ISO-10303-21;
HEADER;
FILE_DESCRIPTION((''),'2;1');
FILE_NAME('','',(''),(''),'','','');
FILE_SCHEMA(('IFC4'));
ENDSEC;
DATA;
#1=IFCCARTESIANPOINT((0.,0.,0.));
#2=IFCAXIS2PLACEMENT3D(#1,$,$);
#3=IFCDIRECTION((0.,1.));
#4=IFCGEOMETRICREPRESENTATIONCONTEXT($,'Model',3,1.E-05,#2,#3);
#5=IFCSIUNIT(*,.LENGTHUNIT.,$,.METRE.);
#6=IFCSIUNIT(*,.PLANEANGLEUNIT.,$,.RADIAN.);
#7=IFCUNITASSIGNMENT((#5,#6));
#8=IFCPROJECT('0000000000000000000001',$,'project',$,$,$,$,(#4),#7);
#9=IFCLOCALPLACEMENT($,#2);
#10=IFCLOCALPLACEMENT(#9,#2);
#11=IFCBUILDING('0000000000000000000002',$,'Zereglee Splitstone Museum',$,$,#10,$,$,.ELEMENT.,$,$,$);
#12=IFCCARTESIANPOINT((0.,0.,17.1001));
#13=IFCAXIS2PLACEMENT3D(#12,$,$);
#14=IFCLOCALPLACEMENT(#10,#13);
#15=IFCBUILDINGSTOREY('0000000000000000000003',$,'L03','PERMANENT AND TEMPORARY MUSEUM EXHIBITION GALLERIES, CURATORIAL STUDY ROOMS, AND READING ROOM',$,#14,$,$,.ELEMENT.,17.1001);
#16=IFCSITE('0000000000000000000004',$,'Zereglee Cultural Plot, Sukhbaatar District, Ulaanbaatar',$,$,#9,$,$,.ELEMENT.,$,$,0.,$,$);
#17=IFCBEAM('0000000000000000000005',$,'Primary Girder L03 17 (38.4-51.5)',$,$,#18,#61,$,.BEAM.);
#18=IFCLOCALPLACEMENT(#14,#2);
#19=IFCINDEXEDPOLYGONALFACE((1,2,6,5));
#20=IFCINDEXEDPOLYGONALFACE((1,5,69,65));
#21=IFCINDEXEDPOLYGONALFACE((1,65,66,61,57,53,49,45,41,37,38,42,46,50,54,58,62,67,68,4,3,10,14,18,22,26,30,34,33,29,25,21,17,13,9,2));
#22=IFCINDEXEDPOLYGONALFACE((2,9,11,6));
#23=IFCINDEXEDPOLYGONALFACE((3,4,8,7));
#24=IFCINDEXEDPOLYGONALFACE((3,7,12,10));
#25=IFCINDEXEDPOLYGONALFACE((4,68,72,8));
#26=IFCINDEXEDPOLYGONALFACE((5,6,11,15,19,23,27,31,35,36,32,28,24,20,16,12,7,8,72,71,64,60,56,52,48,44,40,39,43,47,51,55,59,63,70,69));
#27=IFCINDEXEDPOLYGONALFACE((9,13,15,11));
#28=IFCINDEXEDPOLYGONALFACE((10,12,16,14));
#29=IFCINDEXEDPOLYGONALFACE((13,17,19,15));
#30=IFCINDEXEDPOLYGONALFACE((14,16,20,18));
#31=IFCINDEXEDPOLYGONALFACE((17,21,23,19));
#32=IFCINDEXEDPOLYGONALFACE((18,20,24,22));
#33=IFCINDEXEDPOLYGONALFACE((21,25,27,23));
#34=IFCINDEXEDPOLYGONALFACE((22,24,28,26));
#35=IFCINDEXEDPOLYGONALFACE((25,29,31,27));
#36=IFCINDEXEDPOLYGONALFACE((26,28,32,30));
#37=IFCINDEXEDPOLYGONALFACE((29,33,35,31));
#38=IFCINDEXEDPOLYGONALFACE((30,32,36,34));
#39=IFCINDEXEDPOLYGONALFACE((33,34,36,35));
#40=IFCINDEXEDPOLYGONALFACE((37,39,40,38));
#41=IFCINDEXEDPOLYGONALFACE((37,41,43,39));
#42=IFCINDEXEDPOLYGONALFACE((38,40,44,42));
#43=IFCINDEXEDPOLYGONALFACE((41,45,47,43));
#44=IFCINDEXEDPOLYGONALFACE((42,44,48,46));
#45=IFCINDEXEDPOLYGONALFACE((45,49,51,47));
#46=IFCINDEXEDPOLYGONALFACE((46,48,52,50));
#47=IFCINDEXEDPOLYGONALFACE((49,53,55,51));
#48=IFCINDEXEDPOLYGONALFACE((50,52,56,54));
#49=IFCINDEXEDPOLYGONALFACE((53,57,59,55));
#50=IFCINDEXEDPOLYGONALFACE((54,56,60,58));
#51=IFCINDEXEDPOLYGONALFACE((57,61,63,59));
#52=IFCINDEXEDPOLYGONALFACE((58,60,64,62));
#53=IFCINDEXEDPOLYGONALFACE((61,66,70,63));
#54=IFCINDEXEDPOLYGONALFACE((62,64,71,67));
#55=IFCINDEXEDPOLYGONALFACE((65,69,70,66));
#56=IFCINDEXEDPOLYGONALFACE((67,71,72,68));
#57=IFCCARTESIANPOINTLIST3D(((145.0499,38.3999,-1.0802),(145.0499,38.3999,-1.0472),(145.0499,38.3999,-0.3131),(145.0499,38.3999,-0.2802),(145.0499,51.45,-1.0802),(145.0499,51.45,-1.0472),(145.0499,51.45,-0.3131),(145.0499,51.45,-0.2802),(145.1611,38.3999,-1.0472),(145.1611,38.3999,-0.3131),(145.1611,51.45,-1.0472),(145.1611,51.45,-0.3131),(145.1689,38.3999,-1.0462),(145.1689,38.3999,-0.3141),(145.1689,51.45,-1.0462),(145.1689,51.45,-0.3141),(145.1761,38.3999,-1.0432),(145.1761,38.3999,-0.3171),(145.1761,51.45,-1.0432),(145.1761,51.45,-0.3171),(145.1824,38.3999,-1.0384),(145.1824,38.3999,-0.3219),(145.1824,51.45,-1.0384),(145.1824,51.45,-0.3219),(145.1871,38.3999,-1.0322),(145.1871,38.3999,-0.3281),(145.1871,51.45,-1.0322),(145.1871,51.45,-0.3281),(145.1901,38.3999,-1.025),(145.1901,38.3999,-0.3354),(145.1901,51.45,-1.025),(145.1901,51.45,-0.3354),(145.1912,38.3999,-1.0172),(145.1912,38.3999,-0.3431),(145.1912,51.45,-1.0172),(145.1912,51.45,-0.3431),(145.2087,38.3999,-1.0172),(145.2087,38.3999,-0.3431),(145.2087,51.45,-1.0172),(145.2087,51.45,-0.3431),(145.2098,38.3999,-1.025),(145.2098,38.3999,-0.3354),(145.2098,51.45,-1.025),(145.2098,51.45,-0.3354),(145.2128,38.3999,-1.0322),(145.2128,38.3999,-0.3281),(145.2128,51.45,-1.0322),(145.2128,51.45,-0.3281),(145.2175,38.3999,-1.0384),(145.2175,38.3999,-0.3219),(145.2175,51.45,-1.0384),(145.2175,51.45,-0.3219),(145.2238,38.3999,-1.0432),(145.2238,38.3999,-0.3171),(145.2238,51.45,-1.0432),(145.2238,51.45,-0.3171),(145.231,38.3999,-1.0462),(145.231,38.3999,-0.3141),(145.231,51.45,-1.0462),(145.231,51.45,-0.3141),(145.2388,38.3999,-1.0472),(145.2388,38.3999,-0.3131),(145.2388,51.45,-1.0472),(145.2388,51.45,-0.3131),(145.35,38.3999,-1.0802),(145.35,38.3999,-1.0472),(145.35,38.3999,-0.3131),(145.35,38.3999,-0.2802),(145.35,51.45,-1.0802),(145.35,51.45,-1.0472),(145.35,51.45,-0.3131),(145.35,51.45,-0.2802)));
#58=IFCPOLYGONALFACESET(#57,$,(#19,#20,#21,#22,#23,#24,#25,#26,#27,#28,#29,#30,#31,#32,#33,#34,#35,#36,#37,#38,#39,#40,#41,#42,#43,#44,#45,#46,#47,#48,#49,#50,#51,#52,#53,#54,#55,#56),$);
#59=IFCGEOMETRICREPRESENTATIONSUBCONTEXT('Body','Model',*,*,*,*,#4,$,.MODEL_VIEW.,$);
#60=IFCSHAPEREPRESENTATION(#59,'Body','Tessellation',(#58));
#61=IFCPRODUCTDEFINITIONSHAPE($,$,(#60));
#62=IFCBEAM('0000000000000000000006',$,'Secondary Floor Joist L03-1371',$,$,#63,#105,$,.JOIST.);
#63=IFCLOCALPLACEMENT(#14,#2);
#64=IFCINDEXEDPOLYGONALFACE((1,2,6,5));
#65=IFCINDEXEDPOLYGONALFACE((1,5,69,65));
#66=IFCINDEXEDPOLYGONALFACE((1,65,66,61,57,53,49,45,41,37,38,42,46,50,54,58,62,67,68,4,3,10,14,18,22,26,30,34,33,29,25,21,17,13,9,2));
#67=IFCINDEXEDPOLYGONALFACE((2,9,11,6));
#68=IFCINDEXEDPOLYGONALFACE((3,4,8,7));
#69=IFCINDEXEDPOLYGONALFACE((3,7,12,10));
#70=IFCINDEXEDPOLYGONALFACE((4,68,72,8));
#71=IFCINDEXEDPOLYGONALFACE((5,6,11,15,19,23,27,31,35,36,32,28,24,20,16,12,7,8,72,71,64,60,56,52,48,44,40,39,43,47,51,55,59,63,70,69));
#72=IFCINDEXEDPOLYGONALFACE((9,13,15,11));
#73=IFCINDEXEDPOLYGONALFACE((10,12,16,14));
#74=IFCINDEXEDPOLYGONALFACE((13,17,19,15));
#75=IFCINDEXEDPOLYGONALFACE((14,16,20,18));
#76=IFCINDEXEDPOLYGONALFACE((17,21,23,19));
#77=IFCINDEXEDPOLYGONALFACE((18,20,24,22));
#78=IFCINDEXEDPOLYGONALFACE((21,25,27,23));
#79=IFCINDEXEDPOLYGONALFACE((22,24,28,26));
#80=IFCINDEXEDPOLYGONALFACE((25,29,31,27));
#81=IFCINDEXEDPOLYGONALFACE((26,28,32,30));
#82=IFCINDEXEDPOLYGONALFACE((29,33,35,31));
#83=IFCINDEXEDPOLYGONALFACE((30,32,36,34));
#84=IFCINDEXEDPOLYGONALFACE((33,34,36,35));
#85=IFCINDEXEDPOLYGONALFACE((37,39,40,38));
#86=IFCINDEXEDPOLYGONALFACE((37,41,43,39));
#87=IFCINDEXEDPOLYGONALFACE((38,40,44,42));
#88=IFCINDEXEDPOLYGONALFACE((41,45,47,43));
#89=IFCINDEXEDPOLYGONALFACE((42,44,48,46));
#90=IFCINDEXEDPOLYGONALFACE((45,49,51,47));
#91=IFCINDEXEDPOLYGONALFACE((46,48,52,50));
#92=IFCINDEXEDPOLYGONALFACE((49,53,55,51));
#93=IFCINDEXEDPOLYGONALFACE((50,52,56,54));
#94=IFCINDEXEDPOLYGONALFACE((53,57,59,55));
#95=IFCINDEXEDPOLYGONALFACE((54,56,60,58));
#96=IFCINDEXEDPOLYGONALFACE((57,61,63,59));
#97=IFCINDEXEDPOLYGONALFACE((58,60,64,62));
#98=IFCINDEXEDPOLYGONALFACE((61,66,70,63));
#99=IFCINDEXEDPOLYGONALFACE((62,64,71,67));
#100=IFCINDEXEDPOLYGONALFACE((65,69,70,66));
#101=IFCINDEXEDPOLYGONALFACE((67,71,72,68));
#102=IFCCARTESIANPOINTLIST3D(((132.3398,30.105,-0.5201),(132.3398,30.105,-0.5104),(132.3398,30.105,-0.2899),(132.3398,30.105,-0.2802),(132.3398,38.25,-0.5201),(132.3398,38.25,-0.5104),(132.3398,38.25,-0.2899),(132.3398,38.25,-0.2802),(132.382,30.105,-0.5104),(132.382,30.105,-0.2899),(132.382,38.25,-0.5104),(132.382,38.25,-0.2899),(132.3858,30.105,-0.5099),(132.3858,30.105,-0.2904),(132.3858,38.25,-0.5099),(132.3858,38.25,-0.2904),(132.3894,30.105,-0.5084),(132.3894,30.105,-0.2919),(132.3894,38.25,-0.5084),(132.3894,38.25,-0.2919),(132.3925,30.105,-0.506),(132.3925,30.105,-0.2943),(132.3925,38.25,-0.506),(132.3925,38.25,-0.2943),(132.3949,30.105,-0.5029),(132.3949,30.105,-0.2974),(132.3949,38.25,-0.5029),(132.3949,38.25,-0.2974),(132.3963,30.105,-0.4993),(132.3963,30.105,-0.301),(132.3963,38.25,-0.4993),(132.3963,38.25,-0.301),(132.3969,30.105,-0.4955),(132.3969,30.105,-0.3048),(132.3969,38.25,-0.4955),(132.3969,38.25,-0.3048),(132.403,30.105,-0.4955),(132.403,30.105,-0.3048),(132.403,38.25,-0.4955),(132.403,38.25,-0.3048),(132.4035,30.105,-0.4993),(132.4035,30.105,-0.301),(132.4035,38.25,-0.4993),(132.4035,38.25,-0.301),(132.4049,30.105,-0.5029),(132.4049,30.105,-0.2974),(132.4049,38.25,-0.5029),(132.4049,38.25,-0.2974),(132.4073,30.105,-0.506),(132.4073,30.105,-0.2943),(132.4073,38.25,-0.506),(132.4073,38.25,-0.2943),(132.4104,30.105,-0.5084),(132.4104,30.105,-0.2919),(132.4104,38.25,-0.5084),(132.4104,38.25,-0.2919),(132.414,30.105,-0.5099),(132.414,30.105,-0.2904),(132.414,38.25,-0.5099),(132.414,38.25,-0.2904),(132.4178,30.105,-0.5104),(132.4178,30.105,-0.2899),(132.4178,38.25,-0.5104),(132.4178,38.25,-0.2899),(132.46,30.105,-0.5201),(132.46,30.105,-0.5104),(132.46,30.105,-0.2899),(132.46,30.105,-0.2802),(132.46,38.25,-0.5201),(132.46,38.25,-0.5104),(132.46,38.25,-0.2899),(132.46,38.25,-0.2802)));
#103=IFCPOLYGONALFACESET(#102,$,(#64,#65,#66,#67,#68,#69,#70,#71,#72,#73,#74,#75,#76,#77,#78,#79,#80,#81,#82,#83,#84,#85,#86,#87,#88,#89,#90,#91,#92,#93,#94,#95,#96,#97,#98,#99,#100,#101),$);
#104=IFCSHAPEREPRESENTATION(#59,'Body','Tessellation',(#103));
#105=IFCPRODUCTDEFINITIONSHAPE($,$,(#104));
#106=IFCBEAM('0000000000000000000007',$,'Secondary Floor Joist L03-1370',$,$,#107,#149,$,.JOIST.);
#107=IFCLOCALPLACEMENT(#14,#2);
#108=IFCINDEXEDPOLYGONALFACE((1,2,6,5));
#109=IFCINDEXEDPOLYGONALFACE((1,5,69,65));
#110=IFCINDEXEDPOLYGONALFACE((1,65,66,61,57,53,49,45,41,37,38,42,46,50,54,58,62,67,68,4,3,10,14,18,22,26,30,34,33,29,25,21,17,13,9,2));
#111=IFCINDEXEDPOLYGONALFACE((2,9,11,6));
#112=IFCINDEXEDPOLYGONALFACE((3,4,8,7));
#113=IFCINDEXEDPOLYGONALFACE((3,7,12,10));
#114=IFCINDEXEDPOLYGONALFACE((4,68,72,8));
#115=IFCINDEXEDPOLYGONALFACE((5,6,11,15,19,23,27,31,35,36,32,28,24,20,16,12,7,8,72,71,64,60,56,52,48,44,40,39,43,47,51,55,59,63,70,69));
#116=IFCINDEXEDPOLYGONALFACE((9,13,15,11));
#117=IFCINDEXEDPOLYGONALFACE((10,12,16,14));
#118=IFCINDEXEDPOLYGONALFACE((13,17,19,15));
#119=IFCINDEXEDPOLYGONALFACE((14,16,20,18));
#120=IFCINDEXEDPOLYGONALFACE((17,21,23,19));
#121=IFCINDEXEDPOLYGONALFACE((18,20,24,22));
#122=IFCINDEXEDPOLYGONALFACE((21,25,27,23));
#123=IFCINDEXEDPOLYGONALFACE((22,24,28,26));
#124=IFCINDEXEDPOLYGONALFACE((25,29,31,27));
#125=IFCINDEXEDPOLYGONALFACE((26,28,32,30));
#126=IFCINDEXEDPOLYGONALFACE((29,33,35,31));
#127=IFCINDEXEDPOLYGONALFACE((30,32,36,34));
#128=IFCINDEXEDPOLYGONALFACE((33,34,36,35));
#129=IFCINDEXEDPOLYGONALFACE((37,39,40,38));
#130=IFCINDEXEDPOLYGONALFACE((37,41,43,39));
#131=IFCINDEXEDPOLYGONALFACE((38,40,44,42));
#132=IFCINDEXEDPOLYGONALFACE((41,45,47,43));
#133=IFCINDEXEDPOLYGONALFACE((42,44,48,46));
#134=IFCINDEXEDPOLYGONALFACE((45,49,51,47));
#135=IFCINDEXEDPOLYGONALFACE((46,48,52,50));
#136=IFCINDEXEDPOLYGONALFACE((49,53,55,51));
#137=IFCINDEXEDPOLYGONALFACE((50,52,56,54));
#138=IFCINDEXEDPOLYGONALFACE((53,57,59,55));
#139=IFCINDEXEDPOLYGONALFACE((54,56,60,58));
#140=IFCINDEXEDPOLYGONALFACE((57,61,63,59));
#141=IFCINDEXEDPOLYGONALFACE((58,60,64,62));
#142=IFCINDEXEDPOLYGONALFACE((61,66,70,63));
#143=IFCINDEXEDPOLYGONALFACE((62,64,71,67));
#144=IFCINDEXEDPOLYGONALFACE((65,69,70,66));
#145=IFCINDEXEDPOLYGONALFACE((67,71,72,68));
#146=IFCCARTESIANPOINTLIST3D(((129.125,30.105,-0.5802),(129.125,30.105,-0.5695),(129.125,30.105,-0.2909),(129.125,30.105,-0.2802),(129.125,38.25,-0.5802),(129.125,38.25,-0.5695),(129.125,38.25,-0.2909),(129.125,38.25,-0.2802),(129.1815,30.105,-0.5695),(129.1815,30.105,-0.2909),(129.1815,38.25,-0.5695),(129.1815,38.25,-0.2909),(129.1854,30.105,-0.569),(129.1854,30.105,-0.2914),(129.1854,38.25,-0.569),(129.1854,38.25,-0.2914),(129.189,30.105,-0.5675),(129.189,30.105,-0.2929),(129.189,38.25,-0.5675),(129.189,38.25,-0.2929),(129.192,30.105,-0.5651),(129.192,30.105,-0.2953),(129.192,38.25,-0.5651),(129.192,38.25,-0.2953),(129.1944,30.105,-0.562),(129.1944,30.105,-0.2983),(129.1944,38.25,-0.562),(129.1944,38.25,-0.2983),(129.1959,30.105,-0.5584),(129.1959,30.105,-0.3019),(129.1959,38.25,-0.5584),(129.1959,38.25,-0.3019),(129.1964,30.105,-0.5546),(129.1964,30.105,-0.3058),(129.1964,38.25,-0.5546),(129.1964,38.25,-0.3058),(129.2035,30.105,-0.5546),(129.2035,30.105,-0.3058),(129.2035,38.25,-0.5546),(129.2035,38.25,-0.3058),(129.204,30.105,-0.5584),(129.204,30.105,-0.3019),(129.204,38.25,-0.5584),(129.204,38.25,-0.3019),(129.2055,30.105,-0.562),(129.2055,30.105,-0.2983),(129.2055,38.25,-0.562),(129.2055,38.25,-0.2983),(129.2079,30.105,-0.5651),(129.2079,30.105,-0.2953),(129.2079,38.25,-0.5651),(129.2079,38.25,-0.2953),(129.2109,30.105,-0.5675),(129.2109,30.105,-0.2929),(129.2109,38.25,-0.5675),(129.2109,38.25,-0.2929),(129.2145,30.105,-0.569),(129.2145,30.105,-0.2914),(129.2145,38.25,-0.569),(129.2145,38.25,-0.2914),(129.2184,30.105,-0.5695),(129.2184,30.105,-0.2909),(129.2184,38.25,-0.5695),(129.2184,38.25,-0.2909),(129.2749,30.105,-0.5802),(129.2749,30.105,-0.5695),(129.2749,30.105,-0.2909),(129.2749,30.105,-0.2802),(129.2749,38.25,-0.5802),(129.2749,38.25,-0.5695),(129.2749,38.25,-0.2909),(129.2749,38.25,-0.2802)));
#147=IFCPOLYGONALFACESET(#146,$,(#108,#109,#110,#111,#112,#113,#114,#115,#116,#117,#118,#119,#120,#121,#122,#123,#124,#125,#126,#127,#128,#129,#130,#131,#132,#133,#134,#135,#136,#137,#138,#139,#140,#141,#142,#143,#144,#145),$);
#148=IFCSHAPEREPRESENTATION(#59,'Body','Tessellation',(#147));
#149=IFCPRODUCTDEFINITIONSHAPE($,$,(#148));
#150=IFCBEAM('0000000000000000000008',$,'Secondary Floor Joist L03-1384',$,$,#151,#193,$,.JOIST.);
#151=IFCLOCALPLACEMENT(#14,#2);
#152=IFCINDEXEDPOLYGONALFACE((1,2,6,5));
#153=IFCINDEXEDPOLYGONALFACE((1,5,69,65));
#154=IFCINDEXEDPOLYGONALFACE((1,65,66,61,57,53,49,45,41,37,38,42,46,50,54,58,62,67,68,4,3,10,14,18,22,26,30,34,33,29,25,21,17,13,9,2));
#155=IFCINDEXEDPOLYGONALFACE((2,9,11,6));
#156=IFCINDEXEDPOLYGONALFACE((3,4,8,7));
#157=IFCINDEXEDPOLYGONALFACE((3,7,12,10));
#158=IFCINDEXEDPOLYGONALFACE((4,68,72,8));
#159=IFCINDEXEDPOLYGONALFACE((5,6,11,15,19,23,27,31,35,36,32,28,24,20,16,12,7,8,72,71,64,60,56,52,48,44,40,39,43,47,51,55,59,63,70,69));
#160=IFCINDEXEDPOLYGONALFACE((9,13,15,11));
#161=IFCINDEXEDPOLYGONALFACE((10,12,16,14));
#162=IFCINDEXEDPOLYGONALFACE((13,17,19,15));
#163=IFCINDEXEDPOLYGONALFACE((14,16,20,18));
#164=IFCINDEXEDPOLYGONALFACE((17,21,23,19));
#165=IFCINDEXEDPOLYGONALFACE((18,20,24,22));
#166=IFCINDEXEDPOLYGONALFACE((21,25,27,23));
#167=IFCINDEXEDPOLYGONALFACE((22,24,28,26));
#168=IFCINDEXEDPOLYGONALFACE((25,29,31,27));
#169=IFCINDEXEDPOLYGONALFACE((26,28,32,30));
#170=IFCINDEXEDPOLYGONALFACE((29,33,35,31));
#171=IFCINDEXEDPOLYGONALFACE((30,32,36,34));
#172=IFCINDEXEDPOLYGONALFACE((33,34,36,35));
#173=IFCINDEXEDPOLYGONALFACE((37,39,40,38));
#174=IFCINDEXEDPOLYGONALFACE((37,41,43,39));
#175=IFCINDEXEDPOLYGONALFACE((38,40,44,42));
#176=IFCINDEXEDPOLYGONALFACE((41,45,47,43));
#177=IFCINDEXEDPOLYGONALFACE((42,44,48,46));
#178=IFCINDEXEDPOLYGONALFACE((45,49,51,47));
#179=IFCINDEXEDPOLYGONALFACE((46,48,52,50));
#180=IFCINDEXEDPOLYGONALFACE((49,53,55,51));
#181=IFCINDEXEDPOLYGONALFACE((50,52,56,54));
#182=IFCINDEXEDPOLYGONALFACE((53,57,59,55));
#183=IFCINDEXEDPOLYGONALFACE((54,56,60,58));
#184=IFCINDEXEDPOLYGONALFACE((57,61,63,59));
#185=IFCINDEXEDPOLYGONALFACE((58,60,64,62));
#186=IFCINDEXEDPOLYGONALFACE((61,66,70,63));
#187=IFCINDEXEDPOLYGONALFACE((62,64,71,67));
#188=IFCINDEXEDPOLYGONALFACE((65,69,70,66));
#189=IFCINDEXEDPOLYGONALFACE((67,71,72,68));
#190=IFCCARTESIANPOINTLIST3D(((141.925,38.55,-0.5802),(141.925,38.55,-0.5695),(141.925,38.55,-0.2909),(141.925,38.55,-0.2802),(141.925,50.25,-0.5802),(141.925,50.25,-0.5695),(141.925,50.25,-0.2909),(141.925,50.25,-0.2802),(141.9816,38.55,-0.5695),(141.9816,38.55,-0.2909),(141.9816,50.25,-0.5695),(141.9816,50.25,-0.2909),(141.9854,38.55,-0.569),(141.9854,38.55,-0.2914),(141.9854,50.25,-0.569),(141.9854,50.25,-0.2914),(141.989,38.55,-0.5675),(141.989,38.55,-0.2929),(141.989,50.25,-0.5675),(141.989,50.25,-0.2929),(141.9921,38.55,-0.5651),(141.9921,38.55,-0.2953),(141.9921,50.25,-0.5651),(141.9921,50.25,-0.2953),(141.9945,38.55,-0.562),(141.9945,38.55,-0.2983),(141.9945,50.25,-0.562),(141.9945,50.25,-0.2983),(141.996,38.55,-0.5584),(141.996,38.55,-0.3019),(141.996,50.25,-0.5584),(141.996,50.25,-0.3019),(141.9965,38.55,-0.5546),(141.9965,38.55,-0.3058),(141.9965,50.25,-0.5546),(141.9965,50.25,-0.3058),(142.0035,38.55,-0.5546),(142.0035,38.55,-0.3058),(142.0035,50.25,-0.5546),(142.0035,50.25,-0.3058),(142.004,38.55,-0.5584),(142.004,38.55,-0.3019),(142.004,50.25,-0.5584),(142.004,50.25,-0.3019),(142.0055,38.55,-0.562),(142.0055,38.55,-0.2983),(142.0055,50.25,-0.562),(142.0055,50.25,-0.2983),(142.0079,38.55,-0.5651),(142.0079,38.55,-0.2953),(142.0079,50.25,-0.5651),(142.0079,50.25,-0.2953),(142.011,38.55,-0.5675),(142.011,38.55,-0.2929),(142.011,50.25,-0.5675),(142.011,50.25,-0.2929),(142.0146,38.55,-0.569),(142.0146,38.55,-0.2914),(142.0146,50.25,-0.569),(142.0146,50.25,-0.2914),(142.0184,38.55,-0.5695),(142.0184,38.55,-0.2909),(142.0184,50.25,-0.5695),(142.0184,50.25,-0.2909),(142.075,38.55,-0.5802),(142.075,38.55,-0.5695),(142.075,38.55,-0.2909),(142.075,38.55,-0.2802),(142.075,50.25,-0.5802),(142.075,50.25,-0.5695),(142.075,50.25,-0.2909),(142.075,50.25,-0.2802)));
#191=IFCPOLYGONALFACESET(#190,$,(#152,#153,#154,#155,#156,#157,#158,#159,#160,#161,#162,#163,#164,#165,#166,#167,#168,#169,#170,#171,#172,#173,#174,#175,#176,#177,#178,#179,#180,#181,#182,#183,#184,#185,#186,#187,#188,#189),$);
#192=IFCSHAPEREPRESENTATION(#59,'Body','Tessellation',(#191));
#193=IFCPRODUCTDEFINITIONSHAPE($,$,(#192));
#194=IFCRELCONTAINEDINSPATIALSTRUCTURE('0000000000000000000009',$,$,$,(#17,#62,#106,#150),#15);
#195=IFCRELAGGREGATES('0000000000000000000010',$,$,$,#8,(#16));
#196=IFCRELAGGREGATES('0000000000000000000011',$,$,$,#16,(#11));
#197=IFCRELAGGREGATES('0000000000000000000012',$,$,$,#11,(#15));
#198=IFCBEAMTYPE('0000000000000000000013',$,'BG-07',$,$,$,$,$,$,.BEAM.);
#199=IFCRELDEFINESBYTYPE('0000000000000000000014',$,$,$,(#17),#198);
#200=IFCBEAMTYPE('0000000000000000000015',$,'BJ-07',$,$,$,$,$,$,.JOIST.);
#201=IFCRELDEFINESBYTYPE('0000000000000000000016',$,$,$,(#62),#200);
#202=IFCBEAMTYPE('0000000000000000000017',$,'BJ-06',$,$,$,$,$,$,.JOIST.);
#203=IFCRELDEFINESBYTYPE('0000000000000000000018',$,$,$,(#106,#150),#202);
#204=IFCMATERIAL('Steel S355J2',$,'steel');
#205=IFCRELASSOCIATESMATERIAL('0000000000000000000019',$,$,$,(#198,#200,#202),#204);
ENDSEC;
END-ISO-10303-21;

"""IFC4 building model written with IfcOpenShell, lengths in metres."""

from ifc_helpers import new_model, si_unit, direction, frame, origin, origin_2d, place, context, subcontext, project, spatial, i_section, extrude, material, material_profile, profile_set, type_object, element, save


model = new_model("IFC4")

# Units and contexts
model_context = context("Model", 3, precision=1e-05, world=origin(), true_north=direction((0.0, 1.0)))
body_context = subcontext(model_context, "Body", "Model", "MODEL_VIEW")
ifc_project = project(units=[si_unit("LENGTHUNIT", "METRE"), si_unit("PLANEANGLEUNIT", "RADIAN")], contexts=[model_context])

# Site, building, storey
site_placement = place(None, origin())
site = spatial("IfcSite", under=ifc_project, at=site_placement, Name="Zereglee Cultural Plot, Sukhbaatar District, Ulaanbaatar", CompositionType="ELEMENT", RefElevation=0.0)
building_placement = place(site_placement, origin())
building = spatial("IfcBuilding", under=site, at=building_placement, Name="Zereglee Splitstone Museum", CompositionType="ELEMENT")
storey_placement = place(building_placement, frame((0.0, 0.0, 17.1001)))
storey = spatial("IfcBuildingStorey", under=building, at=storey_placement, Name="L03", Description="PERMANENT AND TEMPORARY MUSEUM EXHIBITION GALLERIES, CURATORIAL STUDY ROOMS, AND READING ROOM", CompositionType="ELEMENT", Elevation=17.1001)

# Shared definitions
ifc_material_1 = material(Name="Steel S355J2", Category="steel")

# Beams
ifc_material_profile_1 = material_profile(ifc_material_1, i_section(OverallWidth=0.3, OverallDepth=0.8, WebThickness=0.0176, FlangeThickness=0.033, FilletRadius=0.03, at=origin_2d()), Name="HE 800 B")
ifc_profile_set_1 = profile_set([ifc_material_profile_1], Name="Steel S355J2")
beam_type_1 = type_object("IfcBeamType", Name="BG-07", PredefinedType="BEAM", material=ifc_profile_set_1)
for number, where, z_axis, x_axis, name in (
    (1, (145.2, 38.3999, -0.6802), (0.0, 1.0, 0.0), (-1.0, 0.0, 0.0), "Primary Girder L03 17 (38.4-51.5)"),
):
    element("IfcBeam", number, at=place(storey_placement, frame(where, z_axis=z_axis, x_axis=x_axis)), inside=storey, type_object=beam_type_1, Name=name, PredefinedType="BEAM", context=body_context, shape_type="SweptSolid", body=[
        extrude(i_section(OverallWidth=0.3, OverallDepth=0.8, WebThickness=0.0176, FlangeThickness=0.033, FilletRadius=0.03, at=origin_2d()), origin(), (0.0, 0.0, 1.0), 13.05),
    ])
ifc_material_profile_2 = material_profile(ifc_material_1, i_section(OverallWidth=0.1201, OverallDepth=0.24, WebThickness=0.0061, FlangeThickness=0.0098, FilletRadius=0.0149, at=origin_2d()), Name="IPE 240")
ifc_profile_set_2 = profile_set([ifc_material_profile_2], Name="Steel S355J2")
beam_type_2 = type_object("IfcBeamType", Name="BJ-07", PredefinedType="JOIST", material=ifc_profile_set_2)
beam_1_placement = place(storey_placement, frame((132.3999, 30.105, -0.4001), z_axis=(0.0, 1.0, 0.0), x_axis=(-1.0, 0.0, 0.0)))
element("IfcBeam", 2, at=beam_1_placement, inside=storey, type_object=beam_type_2, Name="Secondary Floor Joist L03-1371", PredefinedType="JOIST", context=body_context, shape_type="SweptSolid", body=[
    extrude(i_section(OverallWidth=0.1201, OverallDepth=0.24, WebThickness=0.0061, FlangeThickness=0.0098, FilletRadius=0.0149, at=origin_2d()), origin(), (0.0, 0.0, 1.0), 8.145),
])
ifc_material_profile_3 = material_profile(ifc_material_1, i_section(OverallWidth=0.1499, OverallDepth=0.3, WebThickness=0.0071, FlangeThickness=0.0107, FilletRadius=0.0149, at=origin_2d()), Name="IPE 300")
ifc_profile_set_3 = profile_set([ifc_material_profile_3], Name="Steel S355J2")
beam_type_3 = type_object("IfcBeamType", Name="BJ-06", PredefinedType="JOIST", material=ifc_profile_set_3)
beam_2_placement = place(storey_placement, frame((129.2, 30.105, -0.4302), z_axis=(0.0, 1.0, 0.0), x_axis=(-1.0, 0.0, 0.0)))
element("IfcBeam", 3, at=beam_2_placement, inside=storey, type_object=beam_type_3, Name="Secondary Floor Joist L03-1370", PredefinedType="JOIST", context=body_context, shape_type="SweptSolid", body=[
    extrude(i_section(OverallWidth=0.1499, OverallDepth=0.3, WebThickness=0.0071, FlangeThickness=0.0107, FilletRadius=0.0149, at=origin_2d()), origin(), (0.0, 0.0, 1.0), 8.145),
])
beam_3_placement = place(storey_placement, frame((142.0, 38.55, -0.4302), z_axis=(0.0, 1.0, 0.0), x_axis=(-1.0, 0.0, 0.0)))
element("IfcBeam", 4, at=beam_3_placement, inside=storey, type_object=beam_type_3, Name="Secondary Floor Joist L03-1384", PredefinedType="JOIST", context=body_context, shape_type="SweptSolid", body=[
    extrude(i_section(OverallWidth=0.1499, OverallDepth=0.3, WebThickness=0.0071, FlangeThickness=0.0107, FilletRadius=0.0149, at=origin_2d()), origin(), (0.0, 0.0, 1.0), 11.7),
])

save(model, "model.ifc")
